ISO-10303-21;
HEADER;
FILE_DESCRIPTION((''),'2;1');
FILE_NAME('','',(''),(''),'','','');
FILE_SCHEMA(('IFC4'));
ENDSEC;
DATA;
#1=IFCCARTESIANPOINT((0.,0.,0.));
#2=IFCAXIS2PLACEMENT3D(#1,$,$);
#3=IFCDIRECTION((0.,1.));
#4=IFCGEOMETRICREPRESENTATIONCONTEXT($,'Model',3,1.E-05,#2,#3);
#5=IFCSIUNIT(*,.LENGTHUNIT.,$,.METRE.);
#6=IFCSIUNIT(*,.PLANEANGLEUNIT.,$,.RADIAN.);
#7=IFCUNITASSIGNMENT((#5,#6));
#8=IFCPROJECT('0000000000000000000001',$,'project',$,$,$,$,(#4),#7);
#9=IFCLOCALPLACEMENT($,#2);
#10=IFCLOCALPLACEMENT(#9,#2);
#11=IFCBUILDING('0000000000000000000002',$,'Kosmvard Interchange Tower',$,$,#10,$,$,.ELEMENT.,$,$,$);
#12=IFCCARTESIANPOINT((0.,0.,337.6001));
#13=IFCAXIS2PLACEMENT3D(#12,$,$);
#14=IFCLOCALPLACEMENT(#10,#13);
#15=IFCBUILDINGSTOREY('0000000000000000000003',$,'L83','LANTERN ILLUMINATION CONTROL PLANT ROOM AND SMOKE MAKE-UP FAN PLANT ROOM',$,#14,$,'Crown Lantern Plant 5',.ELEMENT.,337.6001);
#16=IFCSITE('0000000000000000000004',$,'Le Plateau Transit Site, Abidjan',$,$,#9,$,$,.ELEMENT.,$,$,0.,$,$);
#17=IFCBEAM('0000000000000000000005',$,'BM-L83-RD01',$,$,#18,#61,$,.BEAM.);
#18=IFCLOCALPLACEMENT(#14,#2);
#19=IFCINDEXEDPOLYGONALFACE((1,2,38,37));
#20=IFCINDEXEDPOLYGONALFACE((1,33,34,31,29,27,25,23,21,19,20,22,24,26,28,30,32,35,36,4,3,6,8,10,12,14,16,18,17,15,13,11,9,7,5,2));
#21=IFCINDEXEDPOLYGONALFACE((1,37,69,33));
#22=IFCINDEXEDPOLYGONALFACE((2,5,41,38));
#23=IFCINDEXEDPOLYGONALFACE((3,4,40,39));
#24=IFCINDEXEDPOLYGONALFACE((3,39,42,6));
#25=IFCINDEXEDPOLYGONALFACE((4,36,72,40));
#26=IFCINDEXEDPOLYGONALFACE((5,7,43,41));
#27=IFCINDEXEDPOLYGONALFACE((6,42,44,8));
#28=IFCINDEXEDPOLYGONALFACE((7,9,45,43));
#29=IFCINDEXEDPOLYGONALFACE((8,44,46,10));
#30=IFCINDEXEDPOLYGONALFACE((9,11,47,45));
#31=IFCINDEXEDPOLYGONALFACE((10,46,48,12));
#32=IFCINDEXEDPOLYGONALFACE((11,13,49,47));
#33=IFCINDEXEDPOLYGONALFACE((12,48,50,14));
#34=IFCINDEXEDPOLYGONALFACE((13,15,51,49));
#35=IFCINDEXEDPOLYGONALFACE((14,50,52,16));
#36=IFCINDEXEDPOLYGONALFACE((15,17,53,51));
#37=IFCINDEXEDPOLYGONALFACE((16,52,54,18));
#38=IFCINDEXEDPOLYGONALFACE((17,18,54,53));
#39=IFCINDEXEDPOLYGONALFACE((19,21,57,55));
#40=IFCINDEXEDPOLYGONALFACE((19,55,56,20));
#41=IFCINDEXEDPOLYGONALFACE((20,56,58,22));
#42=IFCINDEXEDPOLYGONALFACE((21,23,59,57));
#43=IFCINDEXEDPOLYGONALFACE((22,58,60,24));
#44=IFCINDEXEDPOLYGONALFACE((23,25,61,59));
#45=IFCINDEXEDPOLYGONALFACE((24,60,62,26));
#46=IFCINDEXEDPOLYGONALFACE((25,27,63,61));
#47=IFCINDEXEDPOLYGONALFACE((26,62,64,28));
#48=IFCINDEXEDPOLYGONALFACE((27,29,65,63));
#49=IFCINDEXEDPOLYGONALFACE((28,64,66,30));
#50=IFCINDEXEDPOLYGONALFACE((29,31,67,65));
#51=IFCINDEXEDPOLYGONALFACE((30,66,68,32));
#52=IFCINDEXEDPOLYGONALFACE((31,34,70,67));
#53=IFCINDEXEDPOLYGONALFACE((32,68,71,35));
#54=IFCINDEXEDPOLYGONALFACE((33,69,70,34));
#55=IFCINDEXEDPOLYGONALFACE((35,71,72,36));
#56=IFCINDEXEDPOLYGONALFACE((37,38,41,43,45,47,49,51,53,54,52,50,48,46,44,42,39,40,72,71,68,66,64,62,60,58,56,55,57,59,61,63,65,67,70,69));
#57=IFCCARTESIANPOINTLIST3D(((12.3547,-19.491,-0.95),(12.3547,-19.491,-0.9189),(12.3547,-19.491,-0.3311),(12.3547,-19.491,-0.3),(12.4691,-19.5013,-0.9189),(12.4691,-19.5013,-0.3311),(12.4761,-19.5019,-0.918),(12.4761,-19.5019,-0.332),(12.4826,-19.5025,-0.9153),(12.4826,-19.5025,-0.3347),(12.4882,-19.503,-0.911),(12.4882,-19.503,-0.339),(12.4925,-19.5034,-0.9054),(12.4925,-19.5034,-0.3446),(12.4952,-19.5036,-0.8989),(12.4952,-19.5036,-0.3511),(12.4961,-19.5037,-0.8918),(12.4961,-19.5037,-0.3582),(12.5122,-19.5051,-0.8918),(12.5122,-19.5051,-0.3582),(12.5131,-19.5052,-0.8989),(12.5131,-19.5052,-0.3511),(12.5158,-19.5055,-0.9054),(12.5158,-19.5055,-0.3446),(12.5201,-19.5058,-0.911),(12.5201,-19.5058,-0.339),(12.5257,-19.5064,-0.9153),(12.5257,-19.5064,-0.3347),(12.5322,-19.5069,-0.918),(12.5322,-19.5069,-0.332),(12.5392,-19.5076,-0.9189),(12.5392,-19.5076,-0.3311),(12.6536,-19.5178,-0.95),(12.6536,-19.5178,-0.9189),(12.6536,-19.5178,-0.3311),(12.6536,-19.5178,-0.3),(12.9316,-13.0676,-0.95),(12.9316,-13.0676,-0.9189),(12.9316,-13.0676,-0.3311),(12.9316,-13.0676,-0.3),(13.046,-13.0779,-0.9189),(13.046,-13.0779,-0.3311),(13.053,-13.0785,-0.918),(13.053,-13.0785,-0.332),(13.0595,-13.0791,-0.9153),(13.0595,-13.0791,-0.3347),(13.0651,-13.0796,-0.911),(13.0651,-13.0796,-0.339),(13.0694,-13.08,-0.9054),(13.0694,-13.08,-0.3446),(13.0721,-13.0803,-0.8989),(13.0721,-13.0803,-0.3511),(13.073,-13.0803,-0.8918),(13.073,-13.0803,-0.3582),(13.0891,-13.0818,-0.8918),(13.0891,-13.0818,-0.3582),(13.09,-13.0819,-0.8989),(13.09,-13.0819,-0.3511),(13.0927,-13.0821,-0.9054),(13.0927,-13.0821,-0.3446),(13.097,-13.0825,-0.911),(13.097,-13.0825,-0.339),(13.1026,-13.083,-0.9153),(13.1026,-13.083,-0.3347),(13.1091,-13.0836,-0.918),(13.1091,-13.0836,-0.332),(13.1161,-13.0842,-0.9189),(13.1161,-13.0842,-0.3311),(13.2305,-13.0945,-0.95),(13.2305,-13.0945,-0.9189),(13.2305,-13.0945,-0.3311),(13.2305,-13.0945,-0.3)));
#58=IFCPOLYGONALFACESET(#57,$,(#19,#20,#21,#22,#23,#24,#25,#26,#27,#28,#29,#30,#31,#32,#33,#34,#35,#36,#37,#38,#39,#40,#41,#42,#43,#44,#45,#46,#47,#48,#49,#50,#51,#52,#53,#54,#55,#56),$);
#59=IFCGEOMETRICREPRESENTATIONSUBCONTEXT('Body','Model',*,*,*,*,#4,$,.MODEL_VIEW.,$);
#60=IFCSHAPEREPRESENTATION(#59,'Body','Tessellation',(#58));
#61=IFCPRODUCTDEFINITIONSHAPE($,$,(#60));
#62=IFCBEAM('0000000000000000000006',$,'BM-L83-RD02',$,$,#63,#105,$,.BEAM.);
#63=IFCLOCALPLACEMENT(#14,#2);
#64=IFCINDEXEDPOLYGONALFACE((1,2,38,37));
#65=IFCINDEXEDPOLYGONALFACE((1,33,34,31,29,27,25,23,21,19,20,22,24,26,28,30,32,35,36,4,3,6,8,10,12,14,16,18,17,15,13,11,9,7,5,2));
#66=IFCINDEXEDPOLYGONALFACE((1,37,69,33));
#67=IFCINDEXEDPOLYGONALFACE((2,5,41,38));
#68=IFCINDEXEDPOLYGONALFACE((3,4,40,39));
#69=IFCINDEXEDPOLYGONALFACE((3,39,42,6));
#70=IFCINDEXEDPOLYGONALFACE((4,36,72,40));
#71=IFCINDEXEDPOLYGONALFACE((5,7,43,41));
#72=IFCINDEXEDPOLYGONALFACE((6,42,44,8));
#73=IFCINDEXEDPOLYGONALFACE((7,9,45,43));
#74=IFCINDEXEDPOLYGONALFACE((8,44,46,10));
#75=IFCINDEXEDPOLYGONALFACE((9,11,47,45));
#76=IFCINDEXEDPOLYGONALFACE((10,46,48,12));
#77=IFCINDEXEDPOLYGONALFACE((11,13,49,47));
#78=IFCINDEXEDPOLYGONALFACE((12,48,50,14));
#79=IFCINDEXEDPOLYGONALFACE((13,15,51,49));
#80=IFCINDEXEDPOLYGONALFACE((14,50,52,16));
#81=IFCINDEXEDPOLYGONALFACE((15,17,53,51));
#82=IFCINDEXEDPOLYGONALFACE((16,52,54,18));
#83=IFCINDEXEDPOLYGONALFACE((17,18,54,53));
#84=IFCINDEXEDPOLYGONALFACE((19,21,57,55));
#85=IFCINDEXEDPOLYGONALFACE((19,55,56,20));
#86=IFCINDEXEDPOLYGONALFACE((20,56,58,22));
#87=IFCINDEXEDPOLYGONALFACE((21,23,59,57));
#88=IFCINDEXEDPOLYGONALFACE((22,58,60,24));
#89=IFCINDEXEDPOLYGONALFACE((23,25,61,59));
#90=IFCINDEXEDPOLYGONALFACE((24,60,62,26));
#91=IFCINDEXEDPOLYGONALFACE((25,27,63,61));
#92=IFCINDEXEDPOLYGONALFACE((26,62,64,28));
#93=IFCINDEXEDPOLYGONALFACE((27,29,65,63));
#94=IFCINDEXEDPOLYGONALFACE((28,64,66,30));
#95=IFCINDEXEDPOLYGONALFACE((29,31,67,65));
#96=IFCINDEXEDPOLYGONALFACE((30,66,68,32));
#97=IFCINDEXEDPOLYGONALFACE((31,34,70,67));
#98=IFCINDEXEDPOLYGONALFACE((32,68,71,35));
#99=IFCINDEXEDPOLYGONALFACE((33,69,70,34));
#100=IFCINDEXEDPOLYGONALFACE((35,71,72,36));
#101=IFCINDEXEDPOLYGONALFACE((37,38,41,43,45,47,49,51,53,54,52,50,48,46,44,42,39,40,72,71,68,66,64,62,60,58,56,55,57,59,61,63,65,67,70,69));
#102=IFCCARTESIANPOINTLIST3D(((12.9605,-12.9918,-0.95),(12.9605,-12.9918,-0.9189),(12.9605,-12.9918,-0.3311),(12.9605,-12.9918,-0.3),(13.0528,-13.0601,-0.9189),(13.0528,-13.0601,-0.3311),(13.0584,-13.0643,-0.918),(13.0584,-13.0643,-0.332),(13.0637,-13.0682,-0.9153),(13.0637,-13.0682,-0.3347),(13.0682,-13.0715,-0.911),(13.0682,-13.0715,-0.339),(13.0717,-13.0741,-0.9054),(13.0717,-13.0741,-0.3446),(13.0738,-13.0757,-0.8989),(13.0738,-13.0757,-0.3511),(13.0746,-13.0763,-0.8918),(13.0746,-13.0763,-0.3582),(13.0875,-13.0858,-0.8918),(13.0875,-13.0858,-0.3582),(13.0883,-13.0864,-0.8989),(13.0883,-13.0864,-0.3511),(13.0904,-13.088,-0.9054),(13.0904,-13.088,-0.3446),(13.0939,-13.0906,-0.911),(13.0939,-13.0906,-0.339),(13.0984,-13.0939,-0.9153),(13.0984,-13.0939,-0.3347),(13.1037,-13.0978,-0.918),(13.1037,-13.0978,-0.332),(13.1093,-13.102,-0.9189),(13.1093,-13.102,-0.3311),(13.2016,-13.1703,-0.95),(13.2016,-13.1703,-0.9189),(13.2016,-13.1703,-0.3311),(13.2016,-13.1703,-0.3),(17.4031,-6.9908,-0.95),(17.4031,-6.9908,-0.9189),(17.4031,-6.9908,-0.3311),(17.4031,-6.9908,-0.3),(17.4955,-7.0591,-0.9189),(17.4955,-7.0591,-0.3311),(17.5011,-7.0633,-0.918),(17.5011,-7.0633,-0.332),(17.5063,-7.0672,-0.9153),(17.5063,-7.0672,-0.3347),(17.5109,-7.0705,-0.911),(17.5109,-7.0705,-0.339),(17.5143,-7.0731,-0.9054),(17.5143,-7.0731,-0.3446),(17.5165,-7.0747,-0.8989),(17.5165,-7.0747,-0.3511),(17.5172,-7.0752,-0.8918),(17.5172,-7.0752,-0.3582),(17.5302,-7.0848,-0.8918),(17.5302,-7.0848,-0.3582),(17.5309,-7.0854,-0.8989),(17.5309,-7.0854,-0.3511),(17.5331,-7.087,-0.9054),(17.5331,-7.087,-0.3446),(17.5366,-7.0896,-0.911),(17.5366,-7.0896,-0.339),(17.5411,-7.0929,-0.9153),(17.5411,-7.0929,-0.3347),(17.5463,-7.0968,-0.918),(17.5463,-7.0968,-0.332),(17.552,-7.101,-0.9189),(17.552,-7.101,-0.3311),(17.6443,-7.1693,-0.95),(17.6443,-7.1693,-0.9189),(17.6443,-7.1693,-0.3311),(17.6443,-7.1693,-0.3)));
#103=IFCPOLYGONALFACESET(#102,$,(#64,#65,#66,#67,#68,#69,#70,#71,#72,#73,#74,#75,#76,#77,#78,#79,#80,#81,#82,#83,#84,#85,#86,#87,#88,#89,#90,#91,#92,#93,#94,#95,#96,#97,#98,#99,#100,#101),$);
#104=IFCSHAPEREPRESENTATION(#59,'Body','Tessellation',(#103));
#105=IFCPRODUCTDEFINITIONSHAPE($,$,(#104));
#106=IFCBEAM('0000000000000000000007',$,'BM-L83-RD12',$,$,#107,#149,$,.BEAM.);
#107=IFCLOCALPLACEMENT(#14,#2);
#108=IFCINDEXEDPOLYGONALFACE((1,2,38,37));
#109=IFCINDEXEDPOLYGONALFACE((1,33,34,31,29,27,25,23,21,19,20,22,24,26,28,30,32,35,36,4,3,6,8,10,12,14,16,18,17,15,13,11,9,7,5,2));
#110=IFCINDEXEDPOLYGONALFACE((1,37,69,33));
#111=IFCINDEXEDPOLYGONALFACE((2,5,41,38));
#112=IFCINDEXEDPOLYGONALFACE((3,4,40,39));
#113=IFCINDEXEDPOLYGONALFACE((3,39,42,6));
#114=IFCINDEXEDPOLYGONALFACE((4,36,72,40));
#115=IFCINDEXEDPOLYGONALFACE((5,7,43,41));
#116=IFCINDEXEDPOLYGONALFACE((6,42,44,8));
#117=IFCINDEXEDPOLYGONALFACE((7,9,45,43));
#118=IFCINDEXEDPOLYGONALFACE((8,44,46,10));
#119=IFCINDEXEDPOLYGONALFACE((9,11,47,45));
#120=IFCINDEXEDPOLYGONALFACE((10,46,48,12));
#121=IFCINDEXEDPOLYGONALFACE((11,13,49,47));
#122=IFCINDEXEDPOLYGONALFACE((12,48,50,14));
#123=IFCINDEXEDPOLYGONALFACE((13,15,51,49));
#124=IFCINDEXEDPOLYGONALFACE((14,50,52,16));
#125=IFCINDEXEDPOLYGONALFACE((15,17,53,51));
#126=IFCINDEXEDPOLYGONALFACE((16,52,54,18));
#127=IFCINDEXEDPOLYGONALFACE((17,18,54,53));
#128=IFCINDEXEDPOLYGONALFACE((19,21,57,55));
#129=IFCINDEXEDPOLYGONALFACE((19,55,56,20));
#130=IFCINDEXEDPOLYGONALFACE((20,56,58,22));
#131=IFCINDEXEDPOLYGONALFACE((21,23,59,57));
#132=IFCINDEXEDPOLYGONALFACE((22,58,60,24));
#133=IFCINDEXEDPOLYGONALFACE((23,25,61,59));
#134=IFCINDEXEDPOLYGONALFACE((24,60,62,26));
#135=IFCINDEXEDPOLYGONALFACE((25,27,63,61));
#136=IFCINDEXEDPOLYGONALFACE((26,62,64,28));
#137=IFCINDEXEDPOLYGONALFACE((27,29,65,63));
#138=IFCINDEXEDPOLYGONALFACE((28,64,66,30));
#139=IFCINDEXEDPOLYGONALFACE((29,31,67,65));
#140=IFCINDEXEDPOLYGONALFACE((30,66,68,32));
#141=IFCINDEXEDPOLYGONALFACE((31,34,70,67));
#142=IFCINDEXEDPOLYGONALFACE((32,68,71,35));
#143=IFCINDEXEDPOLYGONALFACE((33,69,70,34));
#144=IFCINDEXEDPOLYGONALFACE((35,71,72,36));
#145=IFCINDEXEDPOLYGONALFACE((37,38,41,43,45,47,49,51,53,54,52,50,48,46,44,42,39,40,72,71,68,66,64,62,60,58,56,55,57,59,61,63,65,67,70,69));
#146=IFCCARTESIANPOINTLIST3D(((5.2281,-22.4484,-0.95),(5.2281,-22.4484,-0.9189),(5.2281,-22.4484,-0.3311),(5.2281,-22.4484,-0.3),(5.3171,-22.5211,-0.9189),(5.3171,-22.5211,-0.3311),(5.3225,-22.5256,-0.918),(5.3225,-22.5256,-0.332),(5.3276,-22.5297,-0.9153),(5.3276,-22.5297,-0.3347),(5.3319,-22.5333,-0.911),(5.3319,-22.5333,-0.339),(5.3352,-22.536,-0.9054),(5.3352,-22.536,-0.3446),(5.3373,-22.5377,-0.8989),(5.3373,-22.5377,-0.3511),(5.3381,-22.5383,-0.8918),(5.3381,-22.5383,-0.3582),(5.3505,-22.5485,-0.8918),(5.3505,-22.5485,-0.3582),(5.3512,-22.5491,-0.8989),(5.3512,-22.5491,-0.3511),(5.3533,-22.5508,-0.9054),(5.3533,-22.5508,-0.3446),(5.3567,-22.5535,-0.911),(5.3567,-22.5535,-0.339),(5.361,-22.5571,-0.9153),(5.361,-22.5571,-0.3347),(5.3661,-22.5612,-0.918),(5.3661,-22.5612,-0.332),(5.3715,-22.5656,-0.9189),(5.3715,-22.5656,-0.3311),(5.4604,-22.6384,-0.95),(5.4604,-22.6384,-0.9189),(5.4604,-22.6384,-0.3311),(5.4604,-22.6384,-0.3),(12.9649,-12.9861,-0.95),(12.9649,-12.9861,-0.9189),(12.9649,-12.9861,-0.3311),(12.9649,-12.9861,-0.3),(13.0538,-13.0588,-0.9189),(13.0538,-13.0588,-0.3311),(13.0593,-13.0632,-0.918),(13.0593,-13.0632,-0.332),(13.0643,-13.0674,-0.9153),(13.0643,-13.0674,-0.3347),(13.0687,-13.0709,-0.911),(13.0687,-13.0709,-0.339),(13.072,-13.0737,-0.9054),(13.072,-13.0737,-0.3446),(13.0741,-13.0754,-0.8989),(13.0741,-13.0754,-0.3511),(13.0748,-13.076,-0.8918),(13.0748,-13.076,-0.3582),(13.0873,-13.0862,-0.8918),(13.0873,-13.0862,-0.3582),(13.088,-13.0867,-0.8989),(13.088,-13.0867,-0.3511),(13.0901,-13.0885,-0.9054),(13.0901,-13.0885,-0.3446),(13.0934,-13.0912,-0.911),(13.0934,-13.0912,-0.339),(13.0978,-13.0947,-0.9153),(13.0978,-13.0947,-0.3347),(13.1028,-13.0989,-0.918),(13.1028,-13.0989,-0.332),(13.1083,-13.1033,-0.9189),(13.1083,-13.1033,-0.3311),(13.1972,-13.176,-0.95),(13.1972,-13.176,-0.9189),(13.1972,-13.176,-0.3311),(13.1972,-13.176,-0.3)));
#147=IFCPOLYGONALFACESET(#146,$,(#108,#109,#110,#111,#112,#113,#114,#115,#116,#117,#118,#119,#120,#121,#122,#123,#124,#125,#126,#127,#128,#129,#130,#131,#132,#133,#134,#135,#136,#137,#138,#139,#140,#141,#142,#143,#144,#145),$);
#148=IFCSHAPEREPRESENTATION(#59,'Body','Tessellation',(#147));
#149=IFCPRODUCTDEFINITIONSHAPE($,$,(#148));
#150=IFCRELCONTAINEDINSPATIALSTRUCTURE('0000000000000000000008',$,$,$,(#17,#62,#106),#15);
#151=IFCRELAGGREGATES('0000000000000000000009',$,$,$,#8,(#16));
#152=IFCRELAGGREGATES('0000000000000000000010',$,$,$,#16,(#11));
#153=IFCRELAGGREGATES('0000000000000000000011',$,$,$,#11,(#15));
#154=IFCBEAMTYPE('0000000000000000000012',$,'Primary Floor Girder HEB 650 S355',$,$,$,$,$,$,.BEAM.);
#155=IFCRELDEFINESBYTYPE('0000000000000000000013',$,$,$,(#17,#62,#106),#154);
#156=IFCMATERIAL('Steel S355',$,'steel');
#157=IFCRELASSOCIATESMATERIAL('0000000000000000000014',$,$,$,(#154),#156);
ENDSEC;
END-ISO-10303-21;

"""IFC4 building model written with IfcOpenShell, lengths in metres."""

from ifc_helpers import new_model, si_unit, direction, frame, origin, origin_2d, place, context, subcontext, project, spatial, i_section, extrude, source, transform, mapped, material, material_profile, profile_set, type_object, element, save


model = new_model("IFC4")

# Units and contexts
model_context = context("Model", 3, precision=1e-05, world=origin(), true_north=direction((0.0, 1.0)))
body_context = subcontext(model_context, "Body", "Model", "MODEL_VIEW")
ifc_project = project(units=[si_unit("LENGTHUNIT", "METRE"), si_unit("PLANEANGLEUNIT", "RADIAN")], contexts=[model_context])

# Site, building, storey
site_placement = place(None, origin())
site = spatial("IfcSite", under=ifc_project, at=site_placement, Name="Le Plateau Transit Site, Abidjan", CompositionType="ELEMENT", RefElevation=0.0)
building_placement = place(site_placement, origin())
building = spatial("IfcBuilding", under=site, at=building_placement, Name="Kosmvard Interchange Tower", CompositionType="ELEMENT")
storey_placement = place(building_placement, frame((0.0, 0.0, 337.6001)))
storey = spatial("IfcBuildingStorey", under=building, at=storey_placement, Name="L83", Description="LANTERN ILLUMINATION CONTROL PLANT ROOM AND SMOKE MAKE-UP FAN PLANT ROOM", LongName="Crown Lantern Plant 5", CompositionType="ELEMENT", Elevation=337.6001)

# Beams
ifc_material_1 = material(Name="Steel S355", Category="steel")
ifc_material_profile_1 = material_profile(ifc_material_1, i_section(OverallWidth=0.3, OverallDepth=0.6499, WebThickness=0.0161, FlangeThickness=0.031, FilletRadius=0.0271, at=origin_2d()), Name="HEB 650")
ifc_profile_set_1 = profile_set([ifc_material_profile_1], Name="Steel S355")
beam_type_1 = type_object("IfcBeamType", Name="Primary Floor Girder HEB 650 S355", PredefinedType="BEAM", material=ifc_profile_set_1)
shared_shape_1 = source(origin(), body_context, "Body", "SweptSolid", [
    extrude(i_section(OverallWidth=0.3, OverallDepth=0.6499, WebThickness=0.0161, FlangeThickness=0.031, FilletRadius=0.0271, at=origin_2d()), origin(), (0.0, 0.0, 1.0), 6.4492),
])
beam_1_placement = place(storey_placement, frame((13.0811, -13.0811, -0.625), z_axis=(-0.089454, -0.995991, 0.0), x_axis=(0.995991, -0.089454, 0.0)))
element("IfcBeam", 1, at=beam_1_placement, inside=storey, type_object=beam_type_1, Name="BM-L83-RD01", PredefinedType="BEAM", context=body_context, shape_type="MappedRepresentation", body=[
    mapped(shared_shape_1, transform((0.0, 0.0, 0.0), scale=1.0)),
])
shared_shape_2 = source(origin(), body_context, "Body", "SweptSolid", [
    extrude(i_section(OverallWidth=0.3, OverallDepth=0.6499, WebThickness=0.0161, FlangeThickness=0.031, FilletRadius=0.0271, at=origin_2d()), origin(), (0.0, 0.0, 1.0), 7.4666),
])
beam_2_placement = place(storey_placement, frame((13.0811, -13.0811, -0.625), z_axis=(0.595008, 0.80372, 0.0), x_axis=(-0.80372, 0.595008, 0.0)))
element("IfcBeam", 2, at=beam_2_placement, inside=storey, type_object=beam_type_1, Name="BM-L83-RD02", PredefinedType="BEAM", context=body_context, shape_type="MappedRepresentation", body=[
    mapped(shared_shape_2, transform((0.0, 0.0, 0.0), scale=1.0)),
])
shared_shape_3 = source(origin(), body_context, "Body", "SweptSolid", [
    extrude(i_section(OverallWidth=0.3, OverallDepth=0.6499, WebThickness=0.0161, FlangeThickness=0.031, FilletRadius=0.0271, at=origin_2d()), origin(), (0.0, 0.0, 1.0), 12.2227),
])
beam_3_placement = place(storey_placement, frame((13.0811, -13.0811, -0.625), z_axis=(-0.632985, -0.774164, 0.0), x_axis=(0.774164, -0.632985, 0.0)))
element("IfcBeam", 3, at=beam_3_placement, inside=storey, type_object=beam_type_1, Name="BM-L83-RD12", PredefinedType="BEAM", context=body_context, shape_type="MappedRepresentation", body=[
    mapped(shared_shape_3, transform((0.0, 0.0, 0.0), scale=1.0)),
])

save(model, "model.ifc")
